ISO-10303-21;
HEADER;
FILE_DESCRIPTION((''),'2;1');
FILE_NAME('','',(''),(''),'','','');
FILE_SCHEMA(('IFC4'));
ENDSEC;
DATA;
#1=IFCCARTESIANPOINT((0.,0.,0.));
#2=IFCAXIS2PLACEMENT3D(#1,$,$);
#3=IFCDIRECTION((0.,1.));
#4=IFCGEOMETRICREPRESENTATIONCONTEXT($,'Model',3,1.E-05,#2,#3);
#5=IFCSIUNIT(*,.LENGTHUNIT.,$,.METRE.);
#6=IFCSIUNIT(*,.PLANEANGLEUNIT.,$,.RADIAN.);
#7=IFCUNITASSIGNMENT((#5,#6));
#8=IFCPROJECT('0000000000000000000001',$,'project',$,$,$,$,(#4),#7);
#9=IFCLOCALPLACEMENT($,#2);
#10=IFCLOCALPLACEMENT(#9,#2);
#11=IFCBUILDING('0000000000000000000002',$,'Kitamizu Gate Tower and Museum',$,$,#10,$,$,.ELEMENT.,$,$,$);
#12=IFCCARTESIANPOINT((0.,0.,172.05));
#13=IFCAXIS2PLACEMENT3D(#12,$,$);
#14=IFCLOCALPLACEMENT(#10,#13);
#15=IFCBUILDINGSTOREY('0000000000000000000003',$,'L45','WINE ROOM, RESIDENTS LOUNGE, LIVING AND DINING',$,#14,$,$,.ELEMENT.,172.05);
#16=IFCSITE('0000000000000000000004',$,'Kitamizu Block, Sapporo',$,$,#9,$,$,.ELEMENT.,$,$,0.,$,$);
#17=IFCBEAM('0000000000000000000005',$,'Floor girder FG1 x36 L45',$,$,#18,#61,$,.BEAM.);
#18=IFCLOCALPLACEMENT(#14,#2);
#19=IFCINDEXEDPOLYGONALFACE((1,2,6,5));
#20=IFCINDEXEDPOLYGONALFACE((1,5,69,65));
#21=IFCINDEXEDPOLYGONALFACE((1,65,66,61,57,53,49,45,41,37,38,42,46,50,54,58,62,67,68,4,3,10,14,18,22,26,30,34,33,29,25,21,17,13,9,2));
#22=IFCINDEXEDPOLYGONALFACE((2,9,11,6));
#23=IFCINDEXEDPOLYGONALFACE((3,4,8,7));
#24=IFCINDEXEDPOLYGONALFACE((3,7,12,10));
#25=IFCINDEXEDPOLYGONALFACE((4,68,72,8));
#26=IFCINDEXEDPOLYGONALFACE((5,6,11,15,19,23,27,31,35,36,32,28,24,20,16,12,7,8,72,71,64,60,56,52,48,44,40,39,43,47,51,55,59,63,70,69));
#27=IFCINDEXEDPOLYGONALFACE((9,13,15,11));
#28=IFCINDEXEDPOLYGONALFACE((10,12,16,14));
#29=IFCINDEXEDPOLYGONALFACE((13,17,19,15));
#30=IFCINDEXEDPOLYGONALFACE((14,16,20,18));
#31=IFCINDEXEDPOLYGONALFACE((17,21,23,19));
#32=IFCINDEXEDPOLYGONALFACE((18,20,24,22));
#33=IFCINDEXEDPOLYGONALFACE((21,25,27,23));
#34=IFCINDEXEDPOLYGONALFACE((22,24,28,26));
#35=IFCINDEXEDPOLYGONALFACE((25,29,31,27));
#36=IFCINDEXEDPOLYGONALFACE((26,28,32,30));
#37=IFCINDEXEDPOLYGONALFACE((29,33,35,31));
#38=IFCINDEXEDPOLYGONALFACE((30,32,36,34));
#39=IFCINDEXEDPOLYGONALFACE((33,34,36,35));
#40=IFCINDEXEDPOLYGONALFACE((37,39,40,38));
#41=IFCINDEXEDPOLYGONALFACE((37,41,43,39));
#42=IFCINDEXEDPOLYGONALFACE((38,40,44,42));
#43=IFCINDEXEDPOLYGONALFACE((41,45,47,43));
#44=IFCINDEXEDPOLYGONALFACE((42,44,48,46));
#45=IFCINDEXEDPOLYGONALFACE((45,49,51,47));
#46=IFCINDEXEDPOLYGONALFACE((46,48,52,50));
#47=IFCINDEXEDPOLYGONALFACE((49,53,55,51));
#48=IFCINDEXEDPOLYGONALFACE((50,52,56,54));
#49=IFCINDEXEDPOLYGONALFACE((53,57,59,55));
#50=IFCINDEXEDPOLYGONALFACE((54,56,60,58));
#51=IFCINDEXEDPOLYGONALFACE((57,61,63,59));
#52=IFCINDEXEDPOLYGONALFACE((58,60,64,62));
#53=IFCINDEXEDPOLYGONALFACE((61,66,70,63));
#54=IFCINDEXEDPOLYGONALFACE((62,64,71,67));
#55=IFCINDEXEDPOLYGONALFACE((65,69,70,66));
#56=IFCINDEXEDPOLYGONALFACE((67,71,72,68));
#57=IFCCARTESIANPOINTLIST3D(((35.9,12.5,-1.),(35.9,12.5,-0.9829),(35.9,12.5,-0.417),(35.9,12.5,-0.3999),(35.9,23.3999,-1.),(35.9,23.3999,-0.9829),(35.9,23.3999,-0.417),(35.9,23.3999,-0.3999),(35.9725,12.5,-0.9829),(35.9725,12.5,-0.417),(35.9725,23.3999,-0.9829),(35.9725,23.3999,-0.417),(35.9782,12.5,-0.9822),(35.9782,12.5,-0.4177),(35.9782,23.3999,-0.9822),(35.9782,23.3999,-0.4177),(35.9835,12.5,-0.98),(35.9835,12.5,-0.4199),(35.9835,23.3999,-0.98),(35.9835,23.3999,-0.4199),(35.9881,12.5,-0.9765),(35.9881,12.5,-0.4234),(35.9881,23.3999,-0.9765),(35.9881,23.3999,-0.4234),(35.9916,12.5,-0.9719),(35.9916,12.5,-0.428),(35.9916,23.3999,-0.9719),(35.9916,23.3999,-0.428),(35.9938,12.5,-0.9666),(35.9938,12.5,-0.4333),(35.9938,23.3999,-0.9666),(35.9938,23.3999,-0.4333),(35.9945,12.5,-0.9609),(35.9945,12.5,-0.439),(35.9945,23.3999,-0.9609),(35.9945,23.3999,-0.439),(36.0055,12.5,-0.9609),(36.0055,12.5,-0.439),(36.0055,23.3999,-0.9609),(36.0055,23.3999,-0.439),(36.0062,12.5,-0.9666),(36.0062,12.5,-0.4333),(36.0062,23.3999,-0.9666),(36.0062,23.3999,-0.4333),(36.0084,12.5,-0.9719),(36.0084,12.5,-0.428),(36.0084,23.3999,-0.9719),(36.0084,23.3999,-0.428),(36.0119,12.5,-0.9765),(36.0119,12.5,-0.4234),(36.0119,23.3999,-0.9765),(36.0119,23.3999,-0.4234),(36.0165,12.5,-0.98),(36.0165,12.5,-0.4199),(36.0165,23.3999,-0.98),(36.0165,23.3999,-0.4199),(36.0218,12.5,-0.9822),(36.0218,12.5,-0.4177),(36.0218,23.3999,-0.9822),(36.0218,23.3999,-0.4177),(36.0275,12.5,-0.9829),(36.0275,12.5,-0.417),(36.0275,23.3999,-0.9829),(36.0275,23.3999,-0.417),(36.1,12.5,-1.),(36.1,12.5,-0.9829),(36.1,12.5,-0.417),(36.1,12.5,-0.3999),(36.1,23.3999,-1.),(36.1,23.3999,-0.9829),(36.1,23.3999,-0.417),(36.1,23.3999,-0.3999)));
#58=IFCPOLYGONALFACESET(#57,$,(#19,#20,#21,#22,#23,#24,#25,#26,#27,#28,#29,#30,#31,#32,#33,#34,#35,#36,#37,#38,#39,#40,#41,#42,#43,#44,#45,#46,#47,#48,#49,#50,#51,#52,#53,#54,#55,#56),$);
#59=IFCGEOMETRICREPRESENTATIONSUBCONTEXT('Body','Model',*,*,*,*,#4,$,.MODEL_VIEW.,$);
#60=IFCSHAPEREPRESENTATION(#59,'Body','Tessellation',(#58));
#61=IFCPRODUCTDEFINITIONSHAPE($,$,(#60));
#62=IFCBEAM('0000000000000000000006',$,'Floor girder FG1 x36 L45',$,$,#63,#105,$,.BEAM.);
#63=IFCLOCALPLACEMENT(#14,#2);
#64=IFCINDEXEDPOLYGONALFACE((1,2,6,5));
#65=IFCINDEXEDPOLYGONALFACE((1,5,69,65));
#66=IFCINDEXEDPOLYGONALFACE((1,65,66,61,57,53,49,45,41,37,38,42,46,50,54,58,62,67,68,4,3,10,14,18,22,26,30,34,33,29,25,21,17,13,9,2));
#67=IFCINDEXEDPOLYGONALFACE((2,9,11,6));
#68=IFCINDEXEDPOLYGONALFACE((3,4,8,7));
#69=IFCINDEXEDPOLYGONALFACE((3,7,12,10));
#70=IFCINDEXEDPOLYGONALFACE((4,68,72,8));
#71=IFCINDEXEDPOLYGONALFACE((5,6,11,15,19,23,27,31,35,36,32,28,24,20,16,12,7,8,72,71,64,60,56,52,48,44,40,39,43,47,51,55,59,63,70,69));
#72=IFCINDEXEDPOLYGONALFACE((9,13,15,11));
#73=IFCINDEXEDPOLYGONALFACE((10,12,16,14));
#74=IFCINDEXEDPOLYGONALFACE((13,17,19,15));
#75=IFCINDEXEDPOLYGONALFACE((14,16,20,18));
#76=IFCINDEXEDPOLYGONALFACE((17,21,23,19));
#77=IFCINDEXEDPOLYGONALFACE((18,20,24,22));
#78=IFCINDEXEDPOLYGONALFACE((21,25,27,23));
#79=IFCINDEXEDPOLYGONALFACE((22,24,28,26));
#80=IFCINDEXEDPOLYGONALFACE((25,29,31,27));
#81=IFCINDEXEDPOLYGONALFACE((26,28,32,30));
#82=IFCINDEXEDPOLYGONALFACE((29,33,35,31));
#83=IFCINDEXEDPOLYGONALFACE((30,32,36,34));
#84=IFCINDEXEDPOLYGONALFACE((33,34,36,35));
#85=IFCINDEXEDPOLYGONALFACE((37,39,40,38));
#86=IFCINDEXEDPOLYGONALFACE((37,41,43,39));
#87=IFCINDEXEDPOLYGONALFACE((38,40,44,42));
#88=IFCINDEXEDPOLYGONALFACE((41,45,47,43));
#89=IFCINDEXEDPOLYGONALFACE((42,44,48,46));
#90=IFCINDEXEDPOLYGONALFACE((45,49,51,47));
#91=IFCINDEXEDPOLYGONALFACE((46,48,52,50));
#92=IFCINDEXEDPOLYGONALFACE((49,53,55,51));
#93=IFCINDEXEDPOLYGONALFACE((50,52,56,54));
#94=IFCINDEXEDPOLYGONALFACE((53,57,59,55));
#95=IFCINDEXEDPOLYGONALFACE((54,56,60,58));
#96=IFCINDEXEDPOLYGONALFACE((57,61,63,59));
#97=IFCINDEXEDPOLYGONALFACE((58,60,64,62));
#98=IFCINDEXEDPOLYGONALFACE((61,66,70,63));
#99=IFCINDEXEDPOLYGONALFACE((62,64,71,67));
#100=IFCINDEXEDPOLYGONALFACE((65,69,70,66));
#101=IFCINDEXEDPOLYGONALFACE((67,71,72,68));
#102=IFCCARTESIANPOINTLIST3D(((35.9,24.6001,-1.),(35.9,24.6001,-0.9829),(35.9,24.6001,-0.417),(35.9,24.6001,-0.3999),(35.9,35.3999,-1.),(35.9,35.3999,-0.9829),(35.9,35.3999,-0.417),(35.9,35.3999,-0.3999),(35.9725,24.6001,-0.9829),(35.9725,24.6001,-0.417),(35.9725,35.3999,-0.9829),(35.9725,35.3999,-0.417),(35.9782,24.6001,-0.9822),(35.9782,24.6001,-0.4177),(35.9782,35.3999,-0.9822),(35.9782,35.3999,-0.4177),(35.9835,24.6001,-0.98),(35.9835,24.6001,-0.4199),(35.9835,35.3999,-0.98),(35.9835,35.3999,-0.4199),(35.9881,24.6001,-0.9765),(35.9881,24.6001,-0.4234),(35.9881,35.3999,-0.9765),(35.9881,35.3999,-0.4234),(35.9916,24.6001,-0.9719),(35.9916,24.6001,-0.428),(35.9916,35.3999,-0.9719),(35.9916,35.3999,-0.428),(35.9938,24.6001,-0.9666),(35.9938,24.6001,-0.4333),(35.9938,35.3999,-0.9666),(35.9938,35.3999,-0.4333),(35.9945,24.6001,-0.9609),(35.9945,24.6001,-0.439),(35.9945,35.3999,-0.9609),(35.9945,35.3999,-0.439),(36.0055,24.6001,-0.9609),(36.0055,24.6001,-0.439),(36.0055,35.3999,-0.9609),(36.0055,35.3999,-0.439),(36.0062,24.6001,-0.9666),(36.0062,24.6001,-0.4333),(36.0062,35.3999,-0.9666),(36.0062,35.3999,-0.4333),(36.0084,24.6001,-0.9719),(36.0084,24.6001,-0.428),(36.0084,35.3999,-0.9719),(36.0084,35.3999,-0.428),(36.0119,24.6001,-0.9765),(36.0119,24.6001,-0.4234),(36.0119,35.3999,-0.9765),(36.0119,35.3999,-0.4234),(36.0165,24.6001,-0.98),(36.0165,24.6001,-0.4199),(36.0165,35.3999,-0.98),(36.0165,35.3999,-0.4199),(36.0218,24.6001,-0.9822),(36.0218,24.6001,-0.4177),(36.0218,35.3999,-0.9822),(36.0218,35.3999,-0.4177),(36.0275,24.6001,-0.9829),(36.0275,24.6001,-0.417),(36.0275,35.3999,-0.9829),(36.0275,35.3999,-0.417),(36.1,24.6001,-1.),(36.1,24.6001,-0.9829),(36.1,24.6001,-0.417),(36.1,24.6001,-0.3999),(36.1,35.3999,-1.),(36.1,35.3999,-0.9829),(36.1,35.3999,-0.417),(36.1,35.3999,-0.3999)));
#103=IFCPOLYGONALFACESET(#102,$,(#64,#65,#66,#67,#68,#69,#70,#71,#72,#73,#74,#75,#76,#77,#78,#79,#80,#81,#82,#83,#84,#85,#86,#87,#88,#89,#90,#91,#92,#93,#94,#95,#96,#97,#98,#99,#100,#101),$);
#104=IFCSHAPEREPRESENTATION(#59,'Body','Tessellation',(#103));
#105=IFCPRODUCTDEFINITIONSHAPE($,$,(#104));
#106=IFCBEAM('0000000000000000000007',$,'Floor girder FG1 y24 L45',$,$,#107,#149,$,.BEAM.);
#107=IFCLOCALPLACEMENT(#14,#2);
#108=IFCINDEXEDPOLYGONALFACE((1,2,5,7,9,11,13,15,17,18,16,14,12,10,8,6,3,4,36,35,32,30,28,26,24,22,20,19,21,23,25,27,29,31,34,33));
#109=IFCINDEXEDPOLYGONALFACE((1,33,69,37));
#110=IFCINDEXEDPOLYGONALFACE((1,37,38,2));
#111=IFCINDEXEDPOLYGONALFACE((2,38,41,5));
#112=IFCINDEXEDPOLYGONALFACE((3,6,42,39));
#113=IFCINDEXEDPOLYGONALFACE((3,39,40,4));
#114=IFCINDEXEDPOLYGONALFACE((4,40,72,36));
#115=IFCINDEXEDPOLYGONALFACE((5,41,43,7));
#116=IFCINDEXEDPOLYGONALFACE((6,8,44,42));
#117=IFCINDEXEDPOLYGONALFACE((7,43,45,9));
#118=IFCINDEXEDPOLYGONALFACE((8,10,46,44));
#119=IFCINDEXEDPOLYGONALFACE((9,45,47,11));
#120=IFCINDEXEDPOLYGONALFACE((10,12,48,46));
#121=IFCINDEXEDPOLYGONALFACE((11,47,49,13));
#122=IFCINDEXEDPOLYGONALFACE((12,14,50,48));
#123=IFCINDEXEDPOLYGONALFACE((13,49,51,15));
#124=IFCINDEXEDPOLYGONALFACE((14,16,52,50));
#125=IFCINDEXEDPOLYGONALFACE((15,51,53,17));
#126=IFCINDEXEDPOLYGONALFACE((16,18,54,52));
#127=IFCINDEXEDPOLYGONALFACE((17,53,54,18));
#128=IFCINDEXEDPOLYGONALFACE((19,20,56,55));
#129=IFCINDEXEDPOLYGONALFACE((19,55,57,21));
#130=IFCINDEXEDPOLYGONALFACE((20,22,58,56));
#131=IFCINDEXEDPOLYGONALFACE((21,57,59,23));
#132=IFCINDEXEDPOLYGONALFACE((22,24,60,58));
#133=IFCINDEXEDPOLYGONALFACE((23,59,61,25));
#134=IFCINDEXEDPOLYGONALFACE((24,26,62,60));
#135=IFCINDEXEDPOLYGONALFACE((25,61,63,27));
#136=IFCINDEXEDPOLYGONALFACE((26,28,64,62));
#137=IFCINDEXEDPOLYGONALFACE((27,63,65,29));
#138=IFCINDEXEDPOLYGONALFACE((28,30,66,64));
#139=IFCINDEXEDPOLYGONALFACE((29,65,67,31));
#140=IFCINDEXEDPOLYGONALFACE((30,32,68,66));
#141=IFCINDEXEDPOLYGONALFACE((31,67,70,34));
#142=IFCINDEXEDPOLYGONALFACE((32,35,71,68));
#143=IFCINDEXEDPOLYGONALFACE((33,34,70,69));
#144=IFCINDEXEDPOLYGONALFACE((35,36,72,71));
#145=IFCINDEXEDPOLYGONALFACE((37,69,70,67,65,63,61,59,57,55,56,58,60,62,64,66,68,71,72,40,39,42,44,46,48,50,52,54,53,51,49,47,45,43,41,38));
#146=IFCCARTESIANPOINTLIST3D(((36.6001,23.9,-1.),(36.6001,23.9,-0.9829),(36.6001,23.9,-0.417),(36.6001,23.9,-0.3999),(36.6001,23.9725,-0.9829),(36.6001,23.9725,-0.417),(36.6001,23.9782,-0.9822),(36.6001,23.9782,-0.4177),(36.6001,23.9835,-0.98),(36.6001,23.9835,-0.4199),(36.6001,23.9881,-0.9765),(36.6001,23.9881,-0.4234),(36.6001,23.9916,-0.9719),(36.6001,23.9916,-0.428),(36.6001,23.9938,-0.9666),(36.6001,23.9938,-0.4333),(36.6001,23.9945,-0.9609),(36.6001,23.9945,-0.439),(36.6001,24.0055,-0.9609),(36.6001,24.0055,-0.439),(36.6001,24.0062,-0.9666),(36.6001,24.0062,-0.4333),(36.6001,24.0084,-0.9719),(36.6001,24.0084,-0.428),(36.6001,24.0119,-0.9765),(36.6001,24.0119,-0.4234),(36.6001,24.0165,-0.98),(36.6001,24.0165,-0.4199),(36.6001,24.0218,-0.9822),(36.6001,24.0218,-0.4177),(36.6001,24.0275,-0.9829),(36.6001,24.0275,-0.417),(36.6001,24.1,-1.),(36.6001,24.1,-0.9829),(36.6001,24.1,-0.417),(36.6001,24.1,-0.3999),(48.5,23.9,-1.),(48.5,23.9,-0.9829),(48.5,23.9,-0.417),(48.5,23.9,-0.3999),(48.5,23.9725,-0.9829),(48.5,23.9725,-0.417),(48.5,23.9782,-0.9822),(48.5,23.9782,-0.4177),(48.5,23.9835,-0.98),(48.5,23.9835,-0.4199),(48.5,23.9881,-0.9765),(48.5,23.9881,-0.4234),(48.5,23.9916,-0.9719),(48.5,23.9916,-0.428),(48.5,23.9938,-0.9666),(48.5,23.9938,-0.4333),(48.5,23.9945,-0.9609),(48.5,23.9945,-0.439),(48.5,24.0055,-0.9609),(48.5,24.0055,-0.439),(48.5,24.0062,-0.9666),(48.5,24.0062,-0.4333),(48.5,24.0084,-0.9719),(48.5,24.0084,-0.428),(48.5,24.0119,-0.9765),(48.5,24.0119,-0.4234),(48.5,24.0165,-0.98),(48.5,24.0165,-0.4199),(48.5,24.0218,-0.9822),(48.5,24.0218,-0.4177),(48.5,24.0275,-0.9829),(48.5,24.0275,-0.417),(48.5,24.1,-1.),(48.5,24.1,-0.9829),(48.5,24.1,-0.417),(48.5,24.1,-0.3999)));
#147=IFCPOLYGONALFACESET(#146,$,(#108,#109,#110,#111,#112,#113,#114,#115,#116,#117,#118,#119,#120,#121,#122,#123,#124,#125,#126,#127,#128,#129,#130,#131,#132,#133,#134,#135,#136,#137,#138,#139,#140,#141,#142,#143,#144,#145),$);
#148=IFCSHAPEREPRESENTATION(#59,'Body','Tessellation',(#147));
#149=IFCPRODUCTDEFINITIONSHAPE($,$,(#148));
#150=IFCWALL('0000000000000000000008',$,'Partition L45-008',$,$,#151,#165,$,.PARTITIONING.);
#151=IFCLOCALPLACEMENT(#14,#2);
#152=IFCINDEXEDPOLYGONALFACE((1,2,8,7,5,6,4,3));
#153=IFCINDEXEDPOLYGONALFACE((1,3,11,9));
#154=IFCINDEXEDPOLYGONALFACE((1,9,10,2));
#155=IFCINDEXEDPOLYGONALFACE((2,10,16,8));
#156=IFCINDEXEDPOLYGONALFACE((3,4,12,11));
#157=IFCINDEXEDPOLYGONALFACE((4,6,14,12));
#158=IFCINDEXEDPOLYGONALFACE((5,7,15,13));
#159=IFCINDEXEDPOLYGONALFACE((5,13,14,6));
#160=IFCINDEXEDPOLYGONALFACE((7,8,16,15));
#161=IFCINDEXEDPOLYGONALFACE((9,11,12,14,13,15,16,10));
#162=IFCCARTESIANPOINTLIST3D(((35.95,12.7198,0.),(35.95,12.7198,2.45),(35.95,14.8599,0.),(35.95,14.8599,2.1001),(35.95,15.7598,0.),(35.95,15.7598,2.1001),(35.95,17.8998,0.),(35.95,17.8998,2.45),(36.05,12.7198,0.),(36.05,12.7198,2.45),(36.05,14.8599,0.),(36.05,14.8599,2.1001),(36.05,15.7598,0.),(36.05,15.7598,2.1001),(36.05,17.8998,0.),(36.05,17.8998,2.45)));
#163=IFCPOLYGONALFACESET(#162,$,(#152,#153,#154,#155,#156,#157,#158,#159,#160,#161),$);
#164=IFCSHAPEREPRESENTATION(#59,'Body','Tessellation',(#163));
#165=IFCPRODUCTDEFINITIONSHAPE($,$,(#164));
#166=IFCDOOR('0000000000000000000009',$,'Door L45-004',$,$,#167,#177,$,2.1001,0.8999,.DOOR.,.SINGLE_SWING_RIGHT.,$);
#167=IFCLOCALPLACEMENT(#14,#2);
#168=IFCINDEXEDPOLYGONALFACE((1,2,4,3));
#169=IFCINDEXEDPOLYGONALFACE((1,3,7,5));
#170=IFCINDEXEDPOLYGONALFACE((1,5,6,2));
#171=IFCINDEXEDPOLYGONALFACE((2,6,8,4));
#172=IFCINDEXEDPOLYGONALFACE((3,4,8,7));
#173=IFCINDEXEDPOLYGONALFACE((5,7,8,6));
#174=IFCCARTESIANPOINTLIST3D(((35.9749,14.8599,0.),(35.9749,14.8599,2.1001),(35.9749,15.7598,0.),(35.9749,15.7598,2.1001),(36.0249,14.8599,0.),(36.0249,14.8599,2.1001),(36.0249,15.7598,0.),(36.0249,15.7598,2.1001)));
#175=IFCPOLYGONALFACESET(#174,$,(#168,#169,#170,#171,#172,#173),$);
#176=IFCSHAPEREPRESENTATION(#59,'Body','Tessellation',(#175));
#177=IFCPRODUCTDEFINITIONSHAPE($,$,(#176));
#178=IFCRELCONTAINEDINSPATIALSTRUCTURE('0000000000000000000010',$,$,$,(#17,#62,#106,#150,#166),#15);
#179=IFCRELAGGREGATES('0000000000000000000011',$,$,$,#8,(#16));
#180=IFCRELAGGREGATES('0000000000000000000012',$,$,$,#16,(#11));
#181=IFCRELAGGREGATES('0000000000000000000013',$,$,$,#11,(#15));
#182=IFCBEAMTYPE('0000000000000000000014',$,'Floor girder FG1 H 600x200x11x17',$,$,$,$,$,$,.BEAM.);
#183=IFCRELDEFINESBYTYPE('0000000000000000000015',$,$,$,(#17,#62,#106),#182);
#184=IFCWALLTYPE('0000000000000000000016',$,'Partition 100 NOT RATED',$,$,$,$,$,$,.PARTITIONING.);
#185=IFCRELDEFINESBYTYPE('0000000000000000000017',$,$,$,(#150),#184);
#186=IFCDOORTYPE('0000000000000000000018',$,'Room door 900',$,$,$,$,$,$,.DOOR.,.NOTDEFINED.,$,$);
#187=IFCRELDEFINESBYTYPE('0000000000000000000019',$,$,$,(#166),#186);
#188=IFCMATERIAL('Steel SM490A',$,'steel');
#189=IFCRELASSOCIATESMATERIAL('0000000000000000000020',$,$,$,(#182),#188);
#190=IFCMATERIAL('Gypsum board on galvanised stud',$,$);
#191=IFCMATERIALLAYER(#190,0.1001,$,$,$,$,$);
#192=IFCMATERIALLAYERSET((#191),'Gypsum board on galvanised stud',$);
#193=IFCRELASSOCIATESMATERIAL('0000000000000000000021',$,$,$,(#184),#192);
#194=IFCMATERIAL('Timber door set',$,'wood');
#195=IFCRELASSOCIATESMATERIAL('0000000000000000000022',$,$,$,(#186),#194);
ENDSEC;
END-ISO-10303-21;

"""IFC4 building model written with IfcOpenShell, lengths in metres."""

from ifc_helpers import new_model, si_unit, direction, frame, frame_2d, origin, origin_2d, place, context, subcontext, project, spatial, rectangle, i_section, extrude, material, layer, layer_set, material_profile, profile_set, type_object, element, fill, save


model = new_model("IFC4")

# Units and contexts
model_context = context("Model", 3, precision=1e-05, world=origin(), true_north=direction((0.0, 1.0)))
body_context = subcontext(model_context, "Body", "Model", "MODEL_VIEW")
ifc_project = project(units=[si_unit("LENGTHUNIT", "METRE"), si_unit("PLANEANGLEUNIT", "RADIAN")], contexts=[model_context])

# Site, building, storey
site_placement = place(None, origin())
site = spatial("IfcSite", under=ifc_project, at=site_placement, Name="Kitamizu Block, Sapporo", CompositionType="ELEMENT", RefElevation=0.0)
building_placement = place(site_placement, origin())
building = spatial("IfcBuilding", under=site, at=building_placement, Name="Kitamizu Gate Tower and Museum", CompositionType="ELEMENT")
storey_placement = place(building_placement, frame((0.0, 0.0, 172.05)))
storey = spatial("IfcBuildingStorey", under=building, at=storey_placement, Name="L45", Description="WINE ROOM, RESIDENTS LOUNGE, LIVING AND DINING", CompositionType="ELEMENT", Elevation=172.05)

# Beams
ifc_material_1 = material(Name="Steel SM490A", Category="steel")
ifc_material_profile_1 = material_profile(ifc_material_1, i_section(OverallWidth=0.2, OverallDepth=0.6001, WebThickness=0.011, FlangeThickness=0.0171, FilletRadius=0.022, at=origin_2d()), Name="H-600x200x11x17")
ifc_profile_set_1 = profile_set([ifc_material_profile_1], Name="Steel SM490A")
beam_type_1 = type_object("IfcBeamType", Name="Floor girder FG1 H 600x200x11x17", PredefinedType="BEAM", material=ifc_profile_set_1)
beam_1_placement = place(storey_placement, frame((36.0, 12.5, -0.7), z_axis=(0.0, 1.0, 0.0), x_axis=(-1.0, 0.0, 0.0)))
element("IfcBeam", 1, at=beam_1_placement, inside=storey, type_object=beam_type_1, Name="Floor girder FG1 x36 L45", PredefinedType="BEAM", context=body_context, shape_type="SweptSolid", body=[
    extrude(i_section(OverallWidth=0.2, OverallDepth=0.6001, WebThickness=0.011, FlangeThickness=0.0171, FilletRadius=0.022, at=origin_2d()), origin(), (0.0, 0.0, 1.0), 10.8999),
])
beam_2_placement = place(storey_placement, frame((36.0, 24.6001, -0.7), z_axis=(0.0, 1.0, 0.0), x_axis=(-1.0, 0.0, 0.0)))
element("IfcBeam", 2, at=beam_2_placement, inside=storey, type_object=beam_type_1, Name="Floor girder FG1 x36 L45", PredefinedType="BEAM", context=body_context, shape_type="SweptSolid", body=[
    extrude(i_section(OverallWidth=0.2, OverallDepth=0.6001, WebThickness=0.011, FlangeThickness=0.0171, FilletRadius=0.022, at=origin_2d()), origin(), (0.0, 0.0, 1.0), 10.7998),
])
beam_3_placement = place(storey_placement, frame((36.6001, 24.0, -0.7), z_axis=(1.0, 0.0, 0.0), x_axis=(0.0, 1.0, 0.0)))
element("IfcBeam", 3, at=beam_3_placement, inside=storey, type_object=beam_type_1, Name="Floor girder FG1 y24 L45", PredefinedType="BEAM", context=body_context, shape_type="SweptSolid", body=[
    extrude(i_section(OverallWidth=0.2, OverallDepth=0.6001, WebThickness=0.011, FlangeThickness=0.0171, FilletRadius=0.022, at=origin_2d()), origin(), (0.0, 0.0, 1.0), 11.8999),
])

# Wall, opening, door
ifc_material_2 = material(Name="Gypsum board on galvanised stud")
ifc_layer_1 = layer(ifc_material_2, 0.1001)
ifc_layer_set_1 = layer_set([ifc_layer_1], Name="Gypsum board on galvanised stud")
wall_type_1 = type_object("IfcWallType", Name="Partition 100 NOT RATED", PredefinedType="PARTITIONING", material=ifc_layer_set_1)
wall_1_placement = place(storey_placement, frame((36.0, 12.72, 0.0), z_axis=(0.0, 0.0, 1.0), x_axis=(0.0, 1.0, 0.0)))
wall_1 = element("IfcWall", 4, at=wall_1_placement, inside=storey, type_object=wall_type_1, Name="Partition L45-008", PredefinedType="PARTITIONING", context=body_context, shape_type="SweptSolid", body=[
    extrude(rectangle(XDim=5.1799, YDim=0.1001, at=frame_2d((2.5898, 0.0))), origin(), (0.0, 0.0, 1.0), 2.45),
])
opening_1_placement = place(wall_1_placement, frame((2.1399, 0.0, 0.0)))
opening_1 = element("IfcOpeningElement", 5, at=opening_1_placement, cuts=wall_1, PredefinedType="OPENING", context=body_context, shape_type="SweptSolid", body=[
    extrude(rectangle(XDim=0.8999, YDim=2.1001, at=frame_2d((0.45, 1.05))), frame((0.0, 0.0601, 0.0), z_axis=(0.0, -1.0, 0.0), x_axis=(1.0, 0.0, 0.0)), (0.0, 0.0, 1.0), 0.1201),
])
ifc_material_3 = material(Name="Timber door set", Category="wood")
door_type_1 = type_object("IfcDoorType", Name="Room door 900", OperationType="NOTDEFINED", PredefinedType="DOOR", material=ifc_material_3)
door_1_placement = place(opening_1_placement, frame((0.8999, 0.0, 0.0), x_axis=(-1.0, 0.0, 0.0)))
door_1 = element("IfcDoor", 6, at=door_1_placement, inside=storey, type_object=door_type_1, Name="Door L45-004", OperationType="SINGLE_SWING_RIGHT", OverallHeight=2.1001, OverallWidth=0.8999, PredefinedType="DOOR", context=body_context, shape_type="SweptSolid", body=[
    extrude(rectangle(XDim=0.8999, YDim=2.1001, at=frame_2d((0.45, 1.05))), frame((0.0, 0.0249, 0.0), z_axis=(0.0, -1.0, 0.0), x_axis=(1.0, 0.0, 0.0)), (0.0, 0.0, 1.0), 0.05),
])
fill(opening_1, door_1)

save(model, "model.ifc")
